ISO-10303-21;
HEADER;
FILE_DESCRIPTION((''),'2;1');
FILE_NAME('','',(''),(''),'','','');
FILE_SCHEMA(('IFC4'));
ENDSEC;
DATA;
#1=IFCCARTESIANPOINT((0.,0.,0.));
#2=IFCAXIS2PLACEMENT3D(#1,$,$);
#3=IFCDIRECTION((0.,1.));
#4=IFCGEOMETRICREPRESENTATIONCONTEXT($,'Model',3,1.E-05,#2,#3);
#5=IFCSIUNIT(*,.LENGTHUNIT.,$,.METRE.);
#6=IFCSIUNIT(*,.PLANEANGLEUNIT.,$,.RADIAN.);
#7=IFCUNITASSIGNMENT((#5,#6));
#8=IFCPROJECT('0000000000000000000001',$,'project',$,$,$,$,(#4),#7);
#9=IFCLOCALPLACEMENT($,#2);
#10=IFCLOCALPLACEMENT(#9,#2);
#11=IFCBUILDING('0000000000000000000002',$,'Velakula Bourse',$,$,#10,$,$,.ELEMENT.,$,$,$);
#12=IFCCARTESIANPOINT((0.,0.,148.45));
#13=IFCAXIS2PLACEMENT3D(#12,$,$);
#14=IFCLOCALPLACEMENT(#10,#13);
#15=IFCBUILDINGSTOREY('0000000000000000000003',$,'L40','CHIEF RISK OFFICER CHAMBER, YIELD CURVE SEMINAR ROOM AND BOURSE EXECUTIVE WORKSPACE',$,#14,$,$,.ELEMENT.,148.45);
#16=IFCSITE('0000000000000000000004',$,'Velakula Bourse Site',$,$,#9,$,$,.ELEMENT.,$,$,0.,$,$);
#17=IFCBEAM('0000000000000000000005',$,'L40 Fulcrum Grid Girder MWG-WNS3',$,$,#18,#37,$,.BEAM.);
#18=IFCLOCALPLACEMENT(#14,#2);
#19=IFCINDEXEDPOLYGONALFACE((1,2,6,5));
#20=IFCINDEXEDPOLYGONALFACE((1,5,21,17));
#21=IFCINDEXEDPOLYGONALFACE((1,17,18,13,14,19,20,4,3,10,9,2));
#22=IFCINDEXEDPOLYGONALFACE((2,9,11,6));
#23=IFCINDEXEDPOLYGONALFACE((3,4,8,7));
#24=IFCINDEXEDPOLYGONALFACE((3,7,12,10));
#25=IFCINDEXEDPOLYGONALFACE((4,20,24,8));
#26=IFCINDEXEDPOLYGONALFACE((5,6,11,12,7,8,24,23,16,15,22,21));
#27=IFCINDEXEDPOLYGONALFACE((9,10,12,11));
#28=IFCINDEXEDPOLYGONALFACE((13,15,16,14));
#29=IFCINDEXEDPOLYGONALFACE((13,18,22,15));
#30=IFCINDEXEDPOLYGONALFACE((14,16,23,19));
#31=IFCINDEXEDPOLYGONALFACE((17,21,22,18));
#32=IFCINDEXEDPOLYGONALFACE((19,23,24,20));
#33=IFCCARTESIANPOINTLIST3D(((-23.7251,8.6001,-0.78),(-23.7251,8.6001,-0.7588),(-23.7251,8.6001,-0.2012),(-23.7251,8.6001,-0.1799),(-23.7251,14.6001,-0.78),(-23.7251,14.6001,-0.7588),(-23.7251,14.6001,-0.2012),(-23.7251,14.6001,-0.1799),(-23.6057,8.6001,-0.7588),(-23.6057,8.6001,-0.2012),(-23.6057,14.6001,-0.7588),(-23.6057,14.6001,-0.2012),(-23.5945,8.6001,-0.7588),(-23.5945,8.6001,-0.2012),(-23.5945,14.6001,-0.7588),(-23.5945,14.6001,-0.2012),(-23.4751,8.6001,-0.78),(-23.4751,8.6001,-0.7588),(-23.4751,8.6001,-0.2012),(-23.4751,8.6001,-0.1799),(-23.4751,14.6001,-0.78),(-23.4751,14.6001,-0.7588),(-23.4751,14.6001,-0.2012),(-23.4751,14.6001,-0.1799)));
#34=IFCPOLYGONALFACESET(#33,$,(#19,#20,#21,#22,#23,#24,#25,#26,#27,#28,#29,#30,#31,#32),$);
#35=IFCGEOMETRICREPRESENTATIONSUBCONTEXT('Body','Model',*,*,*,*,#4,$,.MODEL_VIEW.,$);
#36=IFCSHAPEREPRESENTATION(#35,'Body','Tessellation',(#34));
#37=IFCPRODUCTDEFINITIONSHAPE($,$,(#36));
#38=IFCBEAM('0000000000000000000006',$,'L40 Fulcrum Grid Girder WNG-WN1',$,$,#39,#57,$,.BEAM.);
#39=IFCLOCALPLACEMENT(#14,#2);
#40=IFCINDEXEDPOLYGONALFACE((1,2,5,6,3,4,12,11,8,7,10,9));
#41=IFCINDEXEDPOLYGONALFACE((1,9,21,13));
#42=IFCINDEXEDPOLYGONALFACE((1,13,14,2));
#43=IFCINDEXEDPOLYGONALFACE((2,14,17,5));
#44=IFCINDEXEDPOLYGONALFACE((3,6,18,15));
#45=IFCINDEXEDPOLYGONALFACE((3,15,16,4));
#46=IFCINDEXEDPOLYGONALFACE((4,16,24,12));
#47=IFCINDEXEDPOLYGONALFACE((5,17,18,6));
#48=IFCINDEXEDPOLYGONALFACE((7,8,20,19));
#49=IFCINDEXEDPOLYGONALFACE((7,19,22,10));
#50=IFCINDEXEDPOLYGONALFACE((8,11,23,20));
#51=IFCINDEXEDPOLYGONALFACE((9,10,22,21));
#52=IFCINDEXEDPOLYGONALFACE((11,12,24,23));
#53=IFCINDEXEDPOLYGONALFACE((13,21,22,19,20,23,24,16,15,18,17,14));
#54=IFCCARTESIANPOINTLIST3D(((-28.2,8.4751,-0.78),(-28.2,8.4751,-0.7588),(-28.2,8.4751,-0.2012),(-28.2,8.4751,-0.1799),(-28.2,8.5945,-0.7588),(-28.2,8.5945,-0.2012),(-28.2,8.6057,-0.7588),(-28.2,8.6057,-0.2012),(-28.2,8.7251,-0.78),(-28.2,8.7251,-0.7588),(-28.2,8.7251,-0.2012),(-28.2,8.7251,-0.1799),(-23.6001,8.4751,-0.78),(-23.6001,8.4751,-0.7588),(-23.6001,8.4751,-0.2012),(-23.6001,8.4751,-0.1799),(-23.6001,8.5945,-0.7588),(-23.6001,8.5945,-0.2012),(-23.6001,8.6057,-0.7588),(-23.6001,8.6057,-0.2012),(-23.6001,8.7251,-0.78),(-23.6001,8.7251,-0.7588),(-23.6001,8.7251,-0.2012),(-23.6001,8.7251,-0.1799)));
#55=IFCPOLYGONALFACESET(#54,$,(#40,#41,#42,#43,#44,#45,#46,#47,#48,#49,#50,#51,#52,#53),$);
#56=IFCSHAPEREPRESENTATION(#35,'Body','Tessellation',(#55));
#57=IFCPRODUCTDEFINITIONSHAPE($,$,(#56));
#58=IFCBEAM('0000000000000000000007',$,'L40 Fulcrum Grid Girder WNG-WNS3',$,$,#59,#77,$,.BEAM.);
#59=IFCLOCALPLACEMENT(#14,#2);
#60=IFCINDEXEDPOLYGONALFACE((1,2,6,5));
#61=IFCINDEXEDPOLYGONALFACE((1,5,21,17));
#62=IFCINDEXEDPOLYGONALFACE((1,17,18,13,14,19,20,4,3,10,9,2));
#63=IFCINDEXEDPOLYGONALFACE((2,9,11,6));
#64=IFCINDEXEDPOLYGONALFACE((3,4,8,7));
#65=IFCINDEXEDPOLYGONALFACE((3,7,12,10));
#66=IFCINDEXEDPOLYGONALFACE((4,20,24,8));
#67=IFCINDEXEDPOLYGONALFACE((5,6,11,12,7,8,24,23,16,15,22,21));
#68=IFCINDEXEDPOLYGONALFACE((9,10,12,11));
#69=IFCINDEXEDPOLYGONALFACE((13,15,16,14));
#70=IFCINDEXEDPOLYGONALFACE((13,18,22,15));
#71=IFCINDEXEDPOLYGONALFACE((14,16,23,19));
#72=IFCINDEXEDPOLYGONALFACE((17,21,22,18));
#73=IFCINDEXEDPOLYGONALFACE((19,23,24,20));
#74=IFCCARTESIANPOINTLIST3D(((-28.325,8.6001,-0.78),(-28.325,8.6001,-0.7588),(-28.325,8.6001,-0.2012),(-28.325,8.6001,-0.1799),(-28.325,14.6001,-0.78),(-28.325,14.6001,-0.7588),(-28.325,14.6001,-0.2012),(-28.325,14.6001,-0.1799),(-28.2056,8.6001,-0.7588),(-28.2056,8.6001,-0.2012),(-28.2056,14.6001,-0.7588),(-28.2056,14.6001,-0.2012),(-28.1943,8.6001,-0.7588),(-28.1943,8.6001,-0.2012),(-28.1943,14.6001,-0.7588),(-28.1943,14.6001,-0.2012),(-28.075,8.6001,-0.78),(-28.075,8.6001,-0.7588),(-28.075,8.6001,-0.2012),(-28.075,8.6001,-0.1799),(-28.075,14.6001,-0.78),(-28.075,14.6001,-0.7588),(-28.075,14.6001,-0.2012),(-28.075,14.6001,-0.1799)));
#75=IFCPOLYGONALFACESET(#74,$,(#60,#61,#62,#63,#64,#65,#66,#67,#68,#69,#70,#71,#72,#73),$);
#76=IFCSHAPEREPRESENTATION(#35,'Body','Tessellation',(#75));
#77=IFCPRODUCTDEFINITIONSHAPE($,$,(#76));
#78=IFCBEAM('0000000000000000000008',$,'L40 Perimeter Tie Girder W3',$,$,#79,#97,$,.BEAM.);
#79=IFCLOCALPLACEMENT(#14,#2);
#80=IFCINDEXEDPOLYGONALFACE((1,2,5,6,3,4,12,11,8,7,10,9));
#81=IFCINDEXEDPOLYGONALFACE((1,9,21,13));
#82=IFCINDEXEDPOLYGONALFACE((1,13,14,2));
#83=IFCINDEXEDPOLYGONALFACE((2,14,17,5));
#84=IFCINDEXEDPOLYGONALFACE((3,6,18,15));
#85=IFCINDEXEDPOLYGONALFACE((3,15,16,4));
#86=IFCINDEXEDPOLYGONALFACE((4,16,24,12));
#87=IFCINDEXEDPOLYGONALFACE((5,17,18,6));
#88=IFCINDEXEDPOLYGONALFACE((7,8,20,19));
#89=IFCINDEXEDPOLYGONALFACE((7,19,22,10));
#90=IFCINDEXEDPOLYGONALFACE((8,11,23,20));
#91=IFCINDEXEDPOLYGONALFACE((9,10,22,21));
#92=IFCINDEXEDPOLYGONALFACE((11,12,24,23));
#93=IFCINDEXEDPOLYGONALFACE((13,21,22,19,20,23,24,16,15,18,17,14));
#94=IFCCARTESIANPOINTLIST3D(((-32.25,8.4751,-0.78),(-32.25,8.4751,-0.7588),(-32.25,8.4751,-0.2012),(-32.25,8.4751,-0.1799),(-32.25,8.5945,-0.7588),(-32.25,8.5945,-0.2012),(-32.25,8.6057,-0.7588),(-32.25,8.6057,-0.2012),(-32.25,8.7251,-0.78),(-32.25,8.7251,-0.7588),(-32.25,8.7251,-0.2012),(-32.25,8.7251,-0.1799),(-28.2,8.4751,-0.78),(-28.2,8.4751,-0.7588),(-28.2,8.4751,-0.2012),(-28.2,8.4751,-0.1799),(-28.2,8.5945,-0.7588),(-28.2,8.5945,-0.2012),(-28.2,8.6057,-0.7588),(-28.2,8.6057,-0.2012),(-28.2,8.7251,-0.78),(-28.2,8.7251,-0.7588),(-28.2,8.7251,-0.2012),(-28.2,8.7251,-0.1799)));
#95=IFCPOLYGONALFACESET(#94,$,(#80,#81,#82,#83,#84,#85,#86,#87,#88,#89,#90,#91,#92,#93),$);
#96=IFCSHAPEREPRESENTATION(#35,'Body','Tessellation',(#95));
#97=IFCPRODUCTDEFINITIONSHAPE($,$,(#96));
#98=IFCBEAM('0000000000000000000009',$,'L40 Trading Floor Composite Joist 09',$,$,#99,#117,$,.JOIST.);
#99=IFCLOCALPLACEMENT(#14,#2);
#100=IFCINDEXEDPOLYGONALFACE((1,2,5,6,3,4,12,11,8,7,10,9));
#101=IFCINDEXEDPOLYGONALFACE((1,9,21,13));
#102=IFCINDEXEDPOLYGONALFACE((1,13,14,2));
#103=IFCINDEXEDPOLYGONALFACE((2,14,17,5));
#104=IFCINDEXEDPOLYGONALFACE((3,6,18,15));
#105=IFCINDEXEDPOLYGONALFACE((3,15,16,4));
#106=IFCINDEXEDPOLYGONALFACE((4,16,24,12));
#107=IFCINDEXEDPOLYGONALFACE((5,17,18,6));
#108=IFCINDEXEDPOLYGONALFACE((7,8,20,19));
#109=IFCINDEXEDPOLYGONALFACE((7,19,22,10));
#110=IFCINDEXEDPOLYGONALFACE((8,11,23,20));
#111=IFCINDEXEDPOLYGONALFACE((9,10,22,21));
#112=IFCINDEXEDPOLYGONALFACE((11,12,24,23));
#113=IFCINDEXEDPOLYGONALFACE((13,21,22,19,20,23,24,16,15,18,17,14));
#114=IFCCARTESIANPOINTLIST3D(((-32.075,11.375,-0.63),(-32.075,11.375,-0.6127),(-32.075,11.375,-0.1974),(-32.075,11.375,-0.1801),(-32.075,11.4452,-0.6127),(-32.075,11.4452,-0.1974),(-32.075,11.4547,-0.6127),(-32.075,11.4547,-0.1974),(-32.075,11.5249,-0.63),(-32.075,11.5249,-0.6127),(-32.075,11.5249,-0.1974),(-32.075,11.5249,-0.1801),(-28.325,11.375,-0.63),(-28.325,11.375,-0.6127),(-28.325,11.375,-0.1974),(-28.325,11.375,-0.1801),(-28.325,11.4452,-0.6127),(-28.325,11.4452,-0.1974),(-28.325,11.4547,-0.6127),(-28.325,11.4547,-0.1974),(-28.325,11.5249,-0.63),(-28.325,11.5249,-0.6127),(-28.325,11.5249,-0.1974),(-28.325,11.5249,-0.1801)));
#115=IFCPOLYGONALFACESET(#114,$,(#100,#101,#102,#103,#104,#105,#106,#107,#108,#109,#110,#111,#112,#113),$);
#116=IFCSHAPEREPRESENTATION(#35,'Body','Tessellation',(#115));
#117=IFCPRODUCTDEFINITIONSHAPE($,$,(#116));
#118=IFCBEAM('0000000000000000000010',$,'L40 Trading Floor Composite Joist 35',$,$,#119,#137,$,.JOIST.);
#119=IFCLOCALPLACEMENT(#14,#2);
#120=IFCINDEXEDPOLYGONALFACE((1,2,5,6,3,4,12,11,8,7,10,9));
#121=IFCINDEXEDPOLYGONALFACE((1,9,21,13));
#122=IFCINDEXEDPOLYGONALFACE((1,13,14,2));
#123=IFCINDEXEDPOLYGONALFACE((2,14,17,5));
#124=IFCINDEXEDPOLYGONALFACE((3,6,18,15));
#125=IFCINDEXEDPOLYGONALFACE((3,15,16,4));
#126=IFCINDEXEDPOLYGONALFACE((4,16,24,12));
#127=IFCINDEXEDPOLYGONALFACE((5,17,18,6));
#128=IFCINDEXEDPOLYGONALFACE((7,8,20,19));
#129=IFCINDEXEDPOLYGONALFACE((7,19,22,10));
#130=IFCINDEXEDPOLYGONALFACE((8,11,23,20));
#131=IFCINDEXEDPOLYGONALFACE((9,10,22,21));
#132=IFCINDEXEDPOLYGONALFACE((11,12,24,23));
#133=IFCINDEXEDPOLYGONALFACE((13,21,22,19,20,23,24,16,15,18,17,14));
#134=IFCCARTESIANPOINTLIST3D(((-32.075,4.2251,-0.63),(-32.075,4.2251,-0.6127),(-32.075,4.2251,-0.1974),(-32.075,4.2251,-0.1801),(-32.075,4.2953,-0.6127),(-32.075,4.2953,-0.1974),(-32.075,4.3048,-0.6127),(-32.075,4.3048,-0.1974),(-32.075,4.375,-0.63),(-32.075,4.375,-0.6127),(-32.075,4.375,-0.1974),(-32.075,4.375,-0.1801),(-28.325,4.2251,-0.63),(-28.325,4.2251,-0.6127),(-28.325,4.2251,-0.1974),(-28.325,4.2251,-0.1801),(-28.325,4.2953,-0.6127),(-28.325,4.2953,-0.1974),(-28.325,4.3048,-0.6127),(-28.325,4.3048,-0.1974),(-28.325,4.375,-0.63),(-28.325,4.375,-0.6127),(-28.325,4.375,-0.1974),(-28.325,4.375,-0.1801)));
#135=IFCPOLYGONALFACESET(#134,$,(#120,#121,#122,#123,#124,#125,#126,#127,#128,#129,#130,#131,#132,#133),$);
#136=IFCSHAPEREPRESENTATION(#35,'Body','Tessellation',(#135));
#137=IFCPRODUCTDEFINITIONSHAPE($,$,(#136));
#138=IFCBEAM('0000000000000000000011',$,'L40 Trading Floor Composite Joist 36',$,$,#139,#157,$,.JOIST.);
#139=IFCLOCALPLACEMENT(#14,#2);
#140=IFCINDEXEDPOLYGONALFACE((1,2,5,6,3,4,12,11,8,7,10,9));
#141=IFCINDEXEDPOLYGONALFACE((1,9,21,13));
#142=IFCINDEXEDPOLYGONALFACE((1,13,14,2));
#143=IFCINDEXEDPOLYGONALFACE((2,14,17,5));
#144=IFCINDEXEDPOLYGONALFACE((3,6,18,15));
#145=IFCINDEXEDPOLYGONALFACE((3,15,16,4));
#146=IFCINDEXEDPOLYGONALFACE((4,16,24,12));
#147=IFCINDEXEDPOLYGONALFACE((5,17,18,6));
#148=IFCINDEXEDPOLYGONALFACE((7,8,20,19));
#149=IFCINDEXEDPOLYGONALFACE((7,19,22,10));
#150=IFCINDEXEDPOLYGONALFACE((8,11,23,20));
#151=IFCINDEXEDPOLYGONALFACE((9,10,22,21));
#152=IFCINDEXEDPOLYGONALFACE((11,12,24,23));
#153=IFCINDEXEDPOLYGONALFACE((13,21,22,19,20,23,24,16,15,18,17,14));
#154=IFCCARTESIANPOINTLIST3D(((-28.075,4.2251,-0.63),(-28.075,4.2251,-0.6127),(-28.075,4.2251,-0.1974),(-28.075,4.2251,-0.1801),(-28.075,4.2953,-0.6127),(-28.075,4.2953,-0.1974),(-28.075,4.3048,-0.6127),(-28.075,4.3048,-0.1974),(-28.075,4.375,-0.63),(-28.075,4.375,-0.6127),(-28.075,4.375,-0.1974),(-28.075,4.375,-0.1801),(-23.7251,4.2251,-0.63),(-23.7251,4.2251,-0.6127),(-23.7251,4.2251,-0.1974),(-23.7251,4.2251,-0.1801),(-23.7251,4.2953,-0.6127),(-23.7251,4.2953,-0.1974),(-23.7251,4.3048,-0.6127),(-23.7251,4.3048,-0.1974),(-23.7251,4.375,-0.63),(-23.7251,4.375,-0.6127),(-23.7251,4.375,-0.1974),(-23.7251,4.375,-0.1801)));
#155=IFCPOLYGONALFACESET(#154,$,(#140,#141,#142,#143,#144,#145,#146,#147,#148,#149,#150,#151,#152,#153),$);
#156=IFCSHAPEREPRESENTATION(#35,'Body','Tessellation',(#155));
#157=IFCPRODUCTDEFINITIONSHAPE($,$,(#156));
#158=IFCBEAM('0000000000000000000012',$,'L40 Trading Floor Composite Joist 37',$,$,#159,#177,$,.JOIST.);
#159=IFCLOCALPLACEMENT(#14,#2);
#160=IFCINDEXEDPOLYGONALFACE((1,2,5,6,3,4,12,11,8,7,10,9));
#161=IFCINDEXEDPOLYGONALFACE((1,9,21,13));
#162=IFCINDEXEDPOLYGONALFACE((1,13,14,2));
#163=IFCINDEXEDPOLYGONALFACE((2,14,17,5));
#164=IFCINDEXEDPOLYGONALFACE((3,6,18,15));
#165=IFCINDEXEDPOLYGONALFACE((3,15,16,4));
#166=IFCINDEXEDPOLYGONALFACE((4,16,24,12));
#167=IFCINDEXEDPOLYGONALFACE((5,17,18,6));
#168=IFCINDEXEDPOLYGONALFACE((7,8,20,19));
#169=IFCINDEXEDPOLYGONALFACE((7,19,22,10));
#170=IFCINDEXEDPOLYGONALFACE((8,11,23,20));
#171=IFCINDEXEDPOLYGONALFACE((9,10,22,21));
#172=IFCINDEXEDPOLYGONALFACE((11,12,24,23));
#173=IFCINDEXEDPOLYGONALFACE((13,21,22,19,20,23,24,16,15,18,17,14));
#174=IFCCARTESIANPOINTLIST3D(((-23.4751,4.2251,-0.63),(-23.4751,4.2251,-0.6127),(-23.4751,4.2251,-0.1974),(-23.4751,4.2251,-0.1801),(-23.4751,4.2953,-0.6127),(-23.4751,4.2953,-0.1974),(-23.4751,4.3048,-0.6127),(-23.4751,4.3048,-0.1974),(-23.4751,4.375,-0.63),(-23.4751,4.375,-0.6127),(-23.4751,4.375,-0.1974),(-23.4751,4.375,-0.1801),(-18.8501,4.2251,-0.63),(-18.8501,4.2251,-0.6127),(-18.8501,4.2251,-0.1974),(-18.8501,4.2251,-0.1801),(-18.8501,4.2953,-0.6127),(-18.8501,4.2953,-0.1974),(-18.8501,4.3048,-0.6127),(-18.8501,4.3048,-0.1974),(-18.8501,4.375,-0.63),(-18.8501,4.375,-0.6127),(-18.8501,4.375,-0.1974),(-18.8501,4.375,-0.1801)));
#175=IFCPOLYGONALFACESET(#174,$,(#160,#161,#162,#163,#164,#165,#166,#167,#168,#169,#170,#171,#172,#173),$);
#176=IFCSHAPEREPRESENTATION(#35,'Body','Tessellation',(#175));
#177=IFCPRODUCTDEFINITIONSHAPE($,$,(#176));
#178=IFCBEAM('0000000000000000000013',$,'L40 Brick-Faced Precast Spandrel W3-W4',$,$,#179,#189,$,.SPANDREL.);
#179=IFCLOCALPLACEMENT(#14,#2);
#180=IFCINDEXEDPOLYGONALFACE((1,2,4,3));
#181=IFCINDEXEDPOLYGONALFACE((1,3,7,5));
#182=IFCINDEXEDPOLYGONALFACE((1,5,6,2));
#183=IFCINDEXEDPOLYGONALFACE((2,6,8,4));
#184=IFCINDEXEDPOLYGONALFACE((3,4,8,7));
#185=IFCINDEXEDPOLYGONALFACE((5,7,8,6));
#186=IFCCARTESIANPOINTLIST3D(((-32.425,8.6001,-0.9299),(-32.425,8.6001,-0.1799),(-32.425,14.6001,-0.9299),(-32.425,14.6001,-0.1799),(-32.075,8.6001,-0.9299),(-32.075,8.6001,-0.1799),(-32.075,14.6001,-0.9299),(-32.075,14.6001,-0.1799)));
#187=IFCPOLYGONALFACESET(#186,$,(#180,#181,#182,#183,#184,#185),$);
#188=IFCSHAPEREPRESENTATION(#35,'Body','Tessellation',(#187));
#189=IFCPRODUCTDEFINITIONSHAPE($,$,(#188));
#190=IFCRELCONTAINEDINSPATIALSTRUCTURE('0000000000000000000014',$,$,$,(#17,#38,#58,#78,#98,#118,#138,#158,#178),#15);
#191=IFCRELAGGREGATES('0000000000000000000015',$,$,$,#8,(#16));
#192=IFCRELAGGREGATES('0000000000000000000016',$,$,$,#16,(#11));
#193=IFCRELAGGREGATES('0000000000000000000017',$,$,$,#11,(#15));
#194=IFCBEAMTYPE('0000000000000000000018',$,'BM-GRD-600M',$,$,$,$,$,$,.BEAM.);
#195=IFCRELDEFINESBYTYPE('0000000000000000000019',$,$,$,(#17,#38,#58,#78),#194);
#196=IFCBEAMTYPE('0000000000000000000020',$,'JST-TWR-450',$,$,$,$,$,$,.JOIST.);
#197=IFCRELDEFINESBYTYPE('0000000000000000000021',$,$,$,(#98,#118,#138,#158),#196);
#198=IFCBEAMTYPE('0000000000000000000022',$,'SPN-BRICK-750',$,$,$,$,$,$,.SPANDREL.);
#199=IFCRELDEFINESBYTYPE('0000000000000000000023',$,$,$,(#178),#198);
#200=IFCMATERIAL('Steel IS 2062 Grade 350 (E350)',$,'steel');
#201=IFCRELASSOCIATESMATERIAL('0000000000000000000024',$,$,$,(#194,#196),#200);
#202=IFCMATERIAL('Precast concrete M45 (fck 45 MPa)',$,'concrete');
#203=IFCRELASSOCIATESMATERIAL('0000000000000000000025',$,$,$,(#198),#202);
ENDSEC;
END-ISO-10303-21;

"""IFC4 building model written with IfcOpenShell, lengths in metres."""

from ifc_helpers import new_model, si_unit, direction, frame, origin, origin_2d, place, context, subcontext, project, spatial, rectangle, i_section, extrude, material, material_profile, profile_set, type_object, element, save


model = new_model("IFC4")

# Units and contexts
model_context = context("Model", 3, precision=1e-05, world=origin(), true_north=direction((0.0, 1.0)))
body_context = subcontext(model_context, "Body", "Model", "MODEL_VIEW")
ifc_project = project(units=[si_unit("LENGTHUNIT", "METRE"), si_unit("PLANEANGLEUNIT", "RADIAN")], contexts=[model_context])

# Site, building, storey
site_placement = place(None, origin())
site = spatial("IfcSite", under=ifc_project, at=site_placement, Name="Velakula Bourse Site", CompositionType="ELEMENT", RefElevation=0.0)
building_placement = place(site_placement, origin())
building = spatial("IfcBuilding", under=site, at=building_placement, Name="Velakula Bourse", CompositionType="ELEMENT")
storey_placement = place(building_placement, frame((0.0, 0.0, 148.45)))
storey = spatial("IfcBuildingStorey", under=building, at=storey_placement, Name="L40", Description="CHIEF RISK OFFICER CHAMBER, YIELD CURVE SEMINAR ROOM AND BOURSE EXECUTIVE WORKSPACE", CompositionType="ELEMENT", Elevation=148.45)

# Shared definitions
ifc_material_1 = material(Name="Steel IS 2062 Grade 350 (E350)", Category="steel")

# Beams
ifc_material_profile_1 = material_profile(ifc_material_1, i_section(OverallWidth=0.25, OverallDepth=0.6001, WebThickness=0.0112, FlangeThickness=0.0212, at=origin_2d()), Name="Steel IS 2062 Grade 350 (E350)")
ifc_profile_set_1 = profile_set([ifc_material_profile_1], Name="Steel IS 2062 Grade 350 (E350)")
beam_type_1 = type_object("IfcBeamType", Name="BM-GRD-600M", PredefinedType="BEAM", material=ifc_profile_set_1)
beam_1_placement = place(storey_placement, frame((-23.6001, 8.6001, -0.48), z_axis=(0.0, 1.0, 0.0), x_axis=(-1.0, 0.0, 0.0)))
element("IfcBeam", 1, at=beam_1_placement, inside=storey, type_object=beam_type_1, Name="L40 Fulcrum Grid Girder MWG-WNS3", PredefinedType="BEAM", context=body_context, shape_type="SweptSolid", body=[
    extrude(i_section(OverallWidth=0.25, OverallDepth=0.6001, WebThickness=0.0112, FlangeThickness=0.0212, at=origin_2d()), origin(), (0.0, 0.0, 1.0), 6.0),
])
beam_2_placement = place(storey_placement, frame((-28.2, 8.6001, -0.48), z_axis=(1.0, 0.0, 0.0), x_axis=(0.0, 1.0, 0.0)))
element("IfcBeam", 2, at=beam_2_placement, inside=storey, type_object=beam_type_1, Name="L40 Fulcrum Grid Girder WNG-WN1", PredefinedType="BEAM", context=body_context, shape_type="SweptSolid", body=[
    extrude(i_section(OverallWidth=0.25, OverallDepth=0.6001, WebThickness=0.0112, FlangeThickness=0.0212, at=origin_2d()), origin(), (0.0, 0.0, 1.0), 4.5999),
])
beam_3_placement = place(storey_placement, frame((-28.2, 8.6001, -0.48), z_axis=(0.0, 1.0, 0.0), x_axis=(-1.0, 0.0, 0.0)))
element("IfcBeam", 3, at=beam_3_placement, inside=storey, type_object=beam_type_1, Name="L40 Fulcrum Grid Girder WNG-WNS3", PredefinedType="BEAM", context=body_context, shape_type="SweptSolid", body=[
    extrude(i_section(OverallWidth=0.25, OverallDepth=0.6001, WebThickness=0.0112, FlangeThickness=0.0212, at=origin_2d()), origin(), (0.0, 0.0, 1.0), 6.0),
])
beam_4_placement = place(storey_placement, frame((-28.2, 8.6001, -0.48), z_axis=(-1.0, 0.0, 0.0), x_axis=(0.0, -1.0, 0.0)))
element("IfcBeam", 4, at=beam_4_placement, inside=storey, type_object=beam_type_1, Name="L40 Perimeter Tie Girder W3", PredefinedType="BEAM", context=body_context, shape_type="SweptSolid", body=[
    extrude(i_section(OverallWidth=0.25, OverallDepth=0.6001, WebThickness=0.0112, FlangeThickness=0.0212, at=origin_2d()), origin(), (0.0, 0.0, 1.0), 4.05),
])
ifc_material_profile_2 = material_profile(ifc_material_1, i_section(OverallWidth=0.1499, OverallDepth=0.45, WebThickness=0.0095, FlangeThickness=0.0173, at=origin_2d()), Name="Steel IS 2062 Grade 350 (E350)")
ifc_profile_set_2 = profile_set([ifc_material_profile_2], Name="Steel IS 2062 Grade 350 (E350)")
beam_type_2 = type_object("IfcBeamType", Name="JST-TWR-450", PredefinedType="JOIST", material=ifc_profile_set_2)
for number, where, z_axis, x_axis, name in (
    (5, (-32.075, 11.45, -0.405), (1.0, 0.0, 0.0), (0.0, 1.0, 0.0), "L40 Trading Floor Composite Joist 09"),
    (6, (-32.075, 4.3, -0.405), (1.0, 0.0, 0.0), (0.0, 1.0, 0.0), "L40 Trading Floor Composite Joist 35"),
):
    element("IfcBeam", number, at=place(storey_placement, frame(where, z_axis=z_axis, x_axis=x_axis)), inside=storey, type_object=beam_type_2, Name=name, PredefinedType="JOIST", context=body_context, shape_type="SweptSolid", body=[
        extrude(i_section(OverallWidth=0.1499, OverallDepth=0.45, WebThickness=0.0095, FlangeThickness=0.0173, at=origin_2d()), origin(), (0.0, 0.0, 1.0), 3.75),
    ])
beam_5_placement = place(storey_placement, frame((-28.075, 4.3, -0.405), z_axis=(1.0, 0.0, 0.0), x_axis=(0.0, 1.0, 0.0)))
element("IfcBeam", 7, at=beam_5_placement, inside=storey, type_object=beam_type_2, Name="L40 Trading Floor Composite Joist 36", PredefinedType="JOIST", context=body_context, shape_type="SweptSolid", body=[
    extrude(i_section(OverallWidth=0.1499, OverallDepth=0.45, WebThickness=0.0095, FlangeThickness=0.0173, at=origin_2d()), origin(), (0.0, 0.0, 1.0), 4.3499),
])
beam_6_placement = place(storey_placement, frame((-23.4751, 4.3, -0.405), z_axis=(1.0, 0.0, 0.0), x_axis=(0.0, 1.0, 0.0)))
element("IfcBeam", 8, at=beam_6_placement, inside=storey, type_object=beam_type_2, Name="L40 Trading Floor Composite Joist 37", PredefinedType="JOIST", context=body_context, shape_type="SweptSolid", body=[
    extrude(i_section(OverallWidth=0.1499, OverallDepth=0.45, WebThickness=0.0095, FlangeThickness=0.0173, at=origin_2d()), origin(), (0.0, 0.0, 1.0), 4.625),
])
ifc_material_2 = material(Name="Precast concrete M45 (fck 45 MPa)", Category="concrete")
ifc_material_profile_3 = material_profile(ifc_material_2, rectangle(XDim=0.3501, YDim=0.75, at=origin_2d()), Name="Precast concrete M45 (fck 45 MPa)")
ifc_profile_set_3 = profile_set([ifc_material_profile_3], Name="Precast concrete M45 (fck 45 MPa)")
beam_type_3 = type_object("IfcBeamType", Name="SPN-BRICK-750", PredefinedType="SPANDREL", material=ifc_profile_set_3)
beam_7_placement = place(storey_placement, frame((-32.25, 8.6001, -0.5549), z_axis=(0.0, 1.0, 0.0), x_axis=(-1.0, 0.0, 0.0)))
element("IfcBeam", 9, at=beam_7_placement, inside=storey, type_object=beam_type_3, Name="L40 Brick-Faced Precast Spandrel W3-W4", PredefinedType="SPANDREL", context=body_context, shape_type="SweptSolid", body=[
    extrude(rectangle(XDim=0.3501, YDim=0.75, at=origin_2d()), origin(), (0.0, 0.0, 1.0), 6.0),
])

save(model, "model.ifc")
